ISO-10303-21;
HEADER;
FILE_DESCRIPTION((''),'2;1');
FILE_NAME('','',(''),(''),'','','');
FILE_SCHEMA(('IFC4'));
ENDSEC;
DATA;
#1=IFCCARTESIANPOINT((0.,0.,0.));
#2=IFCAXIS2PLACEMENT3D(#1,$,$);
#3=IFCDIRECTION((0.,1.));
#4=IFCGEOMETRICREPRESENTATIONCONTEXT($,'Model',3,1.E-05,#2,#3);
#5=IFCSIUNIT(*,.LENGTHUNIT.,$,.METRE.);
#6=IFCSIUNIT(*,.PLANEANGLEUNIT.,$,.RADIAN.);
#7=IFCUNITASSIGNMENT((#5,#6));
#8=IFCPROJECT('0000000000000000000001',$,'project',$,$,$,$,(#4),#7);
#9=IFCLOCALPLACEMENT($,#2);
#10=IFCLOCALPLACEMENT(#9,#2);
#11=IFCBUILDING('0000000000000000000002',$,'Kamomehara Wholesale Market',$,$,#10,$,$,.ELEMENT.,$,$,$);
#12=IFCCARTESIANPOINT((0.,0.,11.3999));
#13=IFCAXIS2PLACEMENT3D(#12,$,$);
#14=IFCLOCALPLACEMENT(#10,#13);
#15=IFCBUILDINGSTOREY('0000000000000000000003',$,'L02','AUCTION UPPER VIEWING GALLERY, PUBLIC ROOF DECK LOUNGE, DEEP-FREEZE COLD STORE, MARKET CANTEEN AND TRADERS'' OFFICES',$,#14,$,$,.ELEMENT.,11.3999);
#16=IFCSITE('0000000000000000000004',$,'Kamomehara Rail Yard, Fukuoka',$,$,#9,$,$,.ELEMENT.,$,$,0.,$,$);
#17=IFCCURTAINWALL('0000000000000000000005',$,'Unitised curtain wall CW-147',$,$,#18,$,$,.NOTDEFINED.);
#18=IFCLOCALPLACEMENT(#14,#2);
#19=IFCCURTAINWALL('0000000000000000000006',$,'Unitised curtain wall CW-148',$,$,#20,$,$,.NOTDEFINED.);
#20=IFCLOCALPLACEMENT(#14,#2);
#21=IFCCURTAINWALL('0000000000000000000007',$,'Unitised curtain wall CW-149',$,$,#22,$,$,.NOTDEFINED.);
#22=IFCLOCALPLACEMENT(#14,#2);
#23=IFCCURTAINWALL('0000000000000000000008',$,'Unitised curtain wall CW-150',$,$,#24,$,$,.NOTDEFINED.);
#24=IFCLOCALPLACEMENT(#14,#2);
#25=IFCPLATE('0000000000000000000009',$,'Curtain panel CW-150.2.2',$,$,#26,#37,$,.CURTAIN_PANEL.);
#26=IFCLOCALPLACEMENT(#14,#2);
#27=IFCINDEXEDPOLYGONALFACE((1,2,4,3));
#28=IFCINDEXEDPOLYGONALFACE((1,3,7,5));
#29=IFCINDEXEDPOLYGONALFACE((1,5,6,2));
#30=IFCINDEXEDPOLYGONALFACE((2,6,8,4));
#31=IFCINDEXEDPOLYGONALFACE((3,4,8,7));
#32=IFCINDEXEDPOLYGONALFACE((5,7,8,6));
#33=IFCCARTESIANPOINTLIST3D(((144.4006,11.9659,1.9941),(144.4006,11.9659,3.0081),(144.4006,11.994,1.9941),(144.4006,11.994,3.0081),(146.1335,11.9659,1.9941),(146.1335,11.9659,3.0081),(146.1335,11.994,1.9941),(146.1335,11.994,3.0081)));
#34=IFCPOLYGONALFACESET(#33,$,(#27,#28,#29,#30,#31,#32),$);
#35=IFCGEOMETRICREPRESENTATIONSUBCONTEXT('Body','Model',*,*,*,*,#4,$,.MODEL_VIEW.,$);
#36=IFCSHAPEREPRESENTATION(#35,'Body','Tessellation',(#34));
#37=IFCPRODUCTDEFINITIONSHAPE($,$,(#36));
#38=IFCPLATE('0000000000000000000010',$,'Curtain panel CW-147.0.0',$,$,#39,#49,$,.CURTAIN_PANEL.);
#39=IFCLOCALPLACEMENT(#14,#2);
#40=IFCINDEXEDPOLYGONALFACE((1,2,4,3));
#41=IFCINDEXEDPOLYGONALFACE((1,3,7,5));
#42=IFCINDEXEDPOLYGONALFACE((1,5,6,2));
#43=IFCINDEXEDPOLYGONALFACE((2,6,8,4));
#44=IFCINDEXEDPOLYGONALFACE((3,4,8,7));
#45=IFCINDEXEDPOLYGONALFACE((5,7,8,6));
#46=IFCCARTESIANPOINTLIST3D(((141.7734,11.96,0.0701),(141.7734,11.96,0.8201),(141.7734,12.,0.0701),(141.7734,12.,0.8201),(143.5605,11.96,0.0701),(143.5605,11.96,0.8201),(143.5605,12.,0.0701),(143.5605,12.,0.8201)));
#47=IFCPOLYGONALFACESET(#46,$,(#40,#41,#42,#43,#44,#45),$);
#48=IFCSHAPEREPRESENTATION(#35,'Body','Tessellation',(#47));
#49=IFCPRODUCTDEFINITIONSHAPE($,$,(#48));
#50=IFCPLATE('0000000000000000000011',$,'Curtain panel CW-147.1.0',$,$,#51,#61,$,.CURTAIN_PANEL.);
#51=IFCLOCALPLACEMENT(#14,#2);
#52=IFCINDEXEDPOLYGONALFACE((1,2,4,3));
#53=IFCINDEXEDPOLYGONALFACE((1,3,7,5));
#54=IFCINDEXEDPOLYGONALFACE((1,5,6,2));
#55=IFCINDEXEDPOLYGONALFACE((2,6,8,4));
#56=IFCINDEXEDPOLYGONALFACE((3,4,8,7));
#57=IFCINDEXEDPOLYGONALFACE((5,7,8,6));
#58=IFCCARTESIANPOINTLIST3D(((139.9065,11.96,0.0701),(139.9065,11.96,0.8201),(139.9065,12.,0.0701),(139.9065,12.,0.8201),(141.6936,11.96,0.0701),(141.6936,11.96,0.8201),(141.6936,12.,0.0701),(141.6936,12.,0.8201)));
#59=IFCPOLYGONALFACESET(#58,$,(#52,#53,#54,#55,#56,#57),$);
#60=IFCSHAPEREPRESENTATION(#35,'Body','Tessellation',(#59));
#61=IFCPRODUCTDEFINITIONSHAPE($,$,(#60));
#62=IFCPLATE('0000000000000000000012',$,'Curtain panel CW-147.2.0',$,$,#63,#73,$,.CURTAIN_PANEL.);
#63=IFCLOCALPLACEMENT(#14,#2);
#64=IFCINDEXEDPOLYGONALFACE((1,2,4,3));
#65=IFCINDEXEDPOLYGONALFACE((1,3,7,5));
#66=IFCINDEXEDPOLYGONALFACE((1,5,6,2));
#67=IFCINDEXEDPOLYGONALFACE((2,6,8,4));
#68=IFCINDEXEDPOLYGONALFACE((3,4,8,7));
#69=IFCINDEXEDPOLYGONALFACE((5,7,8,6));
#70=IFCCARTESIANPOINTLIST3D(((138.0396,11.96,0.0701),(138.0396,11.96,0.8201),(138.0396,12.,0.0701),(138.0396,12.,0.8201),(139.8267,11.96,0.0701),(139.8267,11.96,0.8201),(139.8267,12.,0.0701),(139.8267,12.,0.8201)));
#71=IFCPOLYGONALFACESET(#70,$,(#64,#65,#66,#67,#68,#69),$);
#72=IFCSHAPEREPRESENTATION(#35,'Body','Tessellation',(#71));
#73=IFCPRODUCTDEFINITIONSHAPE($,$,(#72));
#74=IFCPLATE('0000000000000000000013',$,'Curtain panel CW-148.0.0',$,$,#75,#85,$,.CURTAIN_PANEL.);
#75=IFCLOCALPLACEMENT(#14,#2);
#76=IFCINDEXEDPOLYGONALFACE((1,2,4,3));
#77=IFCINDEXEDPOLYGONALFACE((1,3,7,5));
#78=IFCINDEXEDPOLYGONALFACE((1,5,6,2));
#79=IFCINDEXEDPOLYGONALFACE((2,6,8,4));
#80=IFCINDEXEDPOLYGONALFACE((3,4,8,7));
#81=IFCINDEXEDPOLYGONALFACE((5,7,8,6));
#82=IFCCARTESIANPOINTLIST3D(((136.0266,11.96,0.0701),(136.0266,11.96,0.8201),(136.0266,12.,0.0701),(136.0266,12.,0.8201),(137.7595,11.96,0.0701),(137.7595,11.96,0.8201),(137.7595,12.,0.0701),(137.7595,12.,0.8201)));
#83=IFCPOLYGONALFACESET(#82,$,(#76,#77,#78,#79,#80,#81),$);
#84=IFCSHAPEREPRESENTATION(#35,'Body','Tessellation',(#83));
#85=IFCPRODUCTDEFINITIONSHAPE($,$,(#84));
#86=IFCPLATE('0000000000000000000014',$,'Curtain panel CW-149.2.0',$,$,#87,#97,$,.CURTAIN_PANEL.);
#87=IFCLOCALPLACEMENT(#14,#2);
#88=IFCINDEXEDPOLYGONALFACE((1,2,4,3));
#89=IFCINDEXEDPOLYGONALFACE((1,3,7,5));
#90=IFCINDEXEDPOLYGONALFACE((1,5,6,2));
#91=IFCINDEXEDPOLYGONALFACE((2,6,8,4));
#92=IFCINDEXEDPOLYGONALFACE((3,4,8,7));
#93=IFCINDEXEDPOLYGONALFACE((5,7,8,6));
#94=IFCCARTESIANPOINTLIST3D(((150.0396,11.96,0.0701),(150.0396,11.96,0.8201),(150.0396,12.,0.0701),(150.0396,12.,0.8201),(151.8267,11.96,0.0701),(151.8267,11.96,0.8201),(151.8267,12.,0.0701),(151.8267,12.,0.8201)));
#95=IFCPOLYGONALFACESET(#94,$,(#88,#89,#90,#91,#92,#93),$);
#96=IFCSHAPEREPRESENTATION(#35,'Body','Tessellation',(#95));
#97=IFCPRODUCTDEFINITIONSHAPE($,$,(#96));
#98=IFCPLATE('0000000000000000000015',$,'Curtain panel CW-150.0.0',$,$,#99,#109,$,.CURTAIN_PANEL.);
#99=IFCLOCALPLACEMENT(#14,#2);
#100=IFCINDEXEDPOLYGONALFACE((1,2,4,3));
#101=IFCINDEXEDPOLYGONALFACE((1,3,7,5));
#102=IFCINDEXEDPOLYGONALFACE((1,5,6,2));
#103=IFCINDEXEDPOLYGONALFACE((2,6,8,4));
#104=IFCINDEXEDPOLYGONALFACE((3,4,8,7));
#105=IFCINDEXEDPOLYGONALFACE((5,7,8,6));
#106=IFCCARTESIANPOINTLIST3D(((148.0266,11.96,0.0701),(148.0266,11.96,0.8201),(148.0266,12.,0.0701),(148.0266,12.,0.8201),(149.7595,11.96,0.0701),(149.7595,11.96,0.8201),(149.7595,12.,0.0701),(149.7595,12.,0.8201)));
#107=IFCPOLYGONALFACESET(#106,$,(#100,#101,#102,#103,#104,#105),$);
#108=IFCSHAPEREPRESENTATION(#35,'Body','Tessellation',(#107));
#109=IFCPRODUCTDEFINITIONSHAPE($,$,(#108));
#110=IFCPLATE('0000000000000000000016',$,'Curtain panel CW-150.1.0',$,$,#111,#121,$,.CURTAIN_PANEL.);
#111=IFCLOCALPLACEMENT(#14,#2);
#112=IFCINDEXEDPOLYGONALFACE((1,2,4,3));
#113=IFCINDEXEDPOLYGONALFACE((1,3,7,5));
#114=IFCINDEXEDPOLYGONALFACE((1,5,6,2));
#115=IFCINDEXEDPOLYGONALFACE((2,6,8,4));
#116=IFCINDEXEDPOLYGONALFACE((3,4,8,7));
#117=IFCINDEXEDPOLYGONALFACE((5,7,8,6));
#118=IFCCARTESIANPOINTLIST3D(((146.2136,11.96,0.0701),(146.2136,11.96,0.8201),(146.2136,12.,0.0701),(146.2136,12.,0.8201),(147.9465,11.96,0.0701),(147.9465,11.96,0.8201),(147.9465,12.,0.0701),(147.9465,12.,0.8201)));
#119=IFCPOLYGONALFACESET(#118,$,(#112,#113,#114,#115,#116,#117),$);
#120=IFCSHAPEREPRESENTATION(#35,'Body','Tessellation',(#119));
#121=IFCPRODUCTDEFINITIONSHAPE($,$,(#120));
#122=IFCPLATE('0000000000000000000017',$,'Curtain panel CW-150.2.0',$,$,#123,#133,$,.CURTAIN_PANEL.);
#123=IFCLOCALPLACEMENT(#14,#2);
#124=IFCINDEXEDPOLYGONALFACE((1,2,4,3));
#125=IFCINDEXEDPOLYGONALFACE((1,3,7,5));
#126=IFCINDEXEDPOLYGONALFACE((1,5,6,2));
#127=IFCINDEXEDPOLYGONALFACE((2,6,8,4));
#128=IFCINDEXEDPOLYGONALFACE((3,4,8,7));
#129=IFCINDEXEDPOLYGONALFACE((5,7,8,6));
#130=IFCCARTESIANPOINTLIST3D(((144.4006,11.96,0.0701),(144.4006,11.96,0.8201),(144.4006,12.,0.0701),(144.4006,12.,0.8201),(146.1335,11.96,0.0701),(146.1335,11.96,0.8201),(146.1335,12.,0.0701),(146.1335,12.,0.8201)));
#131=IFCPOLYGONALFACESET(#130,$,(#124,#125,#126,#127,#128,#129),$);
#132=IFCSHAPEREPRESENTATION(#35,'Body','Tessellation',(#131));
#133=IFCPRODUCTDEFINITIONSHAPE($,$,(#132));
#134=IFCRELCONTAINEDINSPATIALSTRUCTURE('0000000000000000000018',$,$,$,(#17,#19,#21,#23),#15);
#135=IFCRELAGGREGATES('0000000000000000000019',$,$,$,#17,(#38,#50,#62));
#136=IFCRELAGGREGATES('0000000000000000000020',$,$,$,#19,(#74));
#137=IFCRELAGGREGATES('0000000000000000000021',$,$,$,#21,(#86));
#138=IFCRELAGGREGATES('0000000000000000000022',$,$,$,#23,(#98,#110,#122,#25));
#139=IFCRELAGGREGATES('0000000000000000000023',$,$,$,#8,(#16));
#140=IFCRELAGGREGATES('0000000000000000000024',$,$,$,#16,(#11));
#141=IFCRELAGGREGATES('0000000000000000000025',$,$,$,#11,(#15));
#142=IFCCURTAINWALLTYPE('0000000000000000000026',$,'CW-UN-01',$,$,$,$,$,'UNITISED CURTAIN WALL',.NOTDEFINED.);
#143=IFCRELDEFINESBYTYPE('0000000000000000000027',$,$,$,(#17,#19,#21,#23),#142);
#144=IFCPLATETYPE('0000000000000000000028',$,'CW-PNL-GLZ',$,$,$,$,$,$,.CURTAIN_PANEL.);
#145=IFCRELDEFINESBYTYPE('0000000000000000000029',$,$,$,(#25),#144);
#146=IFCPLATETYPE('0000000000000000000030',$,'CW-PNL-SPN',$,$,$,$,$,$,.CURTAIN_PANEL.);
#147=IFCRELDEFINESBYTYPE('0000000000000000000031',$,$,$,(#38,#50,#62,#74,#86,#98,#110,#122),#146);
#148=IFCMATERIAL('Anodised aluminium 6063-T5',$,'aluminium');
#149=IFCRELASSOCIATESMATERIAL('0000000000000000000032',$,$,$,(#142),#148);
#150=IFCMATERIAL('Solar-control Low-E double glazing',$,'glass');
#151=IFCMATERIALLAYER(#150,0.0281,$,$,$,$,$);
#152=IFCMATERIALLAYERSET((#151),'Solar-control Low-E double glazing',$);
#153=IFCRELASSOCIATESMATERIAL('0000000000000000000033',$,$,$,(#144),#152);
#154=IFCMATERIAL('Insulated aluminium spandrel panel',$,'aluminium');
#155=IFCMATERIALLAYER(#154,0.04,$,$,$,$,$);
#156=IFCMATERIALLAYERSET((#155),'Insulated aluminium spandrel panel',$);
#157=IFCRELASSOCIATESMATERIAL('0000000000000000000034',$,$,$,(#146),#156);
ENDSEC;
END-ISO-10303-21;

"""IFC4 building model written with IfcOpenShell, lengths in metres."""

from ifc_helpers import new_model, si_unit, direction, frame, origin, origin_2d, place, context, subcontext, project, spatial, rectangle, extrude, material, layer, layer_set, type_object, element, aggregate, save


model = new_model("IFC4")

# Units and contexts
model_context = context("Model", 3, precision=1e-05, world=origin(), true_north=direction((0.0, 1.0)))
body_context = subcontext(model_context, "Body", "Model", "MODEL_VIEW")
ifc_project = project(units=[si_unit("LENGTHUNIT", "METRE"), si_unit("PLANEANGLEUNIT", "RADIAN")], contexts=[model_context])

# Site, building, storey
site_placement = place(None, origin())
site = spatial("IfcSite", under=ifc_project, at=site_placement, Name="Kamomehara Rail Yard, Fukuoka", CompositionType="ELEMENT", RefElevation=0.0)
building_placement = place(site_placement, origin())
building = spatial("IfcBuilding", under=site, at=building_placement, Name="Kamomehara Wholesale Market", CompositionType="ELEMENT")
storey_placement = place(building_placement, frame((0.0, 0.0, 11.3999)))
storey = spatial("IfcBuildingStorey", under=building, at=storey_placement, Name="L02", Description="AUCTION UPPER VIEWING GALLERY, PUBLIC ROOF DECK LOUNGE, DEEP-FREEZE COLD STORE, MARKET CANTEEN AND TRADERS' OFFICES", CompositionType="ELEMENT", Elevation=11.3999)

# Curtain walls
ifc_material_1 = material(Name="Anodised aluminium 6063-T5", Category="aluminium")
curtain_wall_type = type_object("IfcCurtainWallType", Name="CW-UN-01", ElementType="UNITISED CURTAIN WALL", PredefinedType="NOTDEFINED", material=ifc_material_1)
curtain_wall_1_placement = place(storey_placement, origin())
curtain_wall_1 = element("IfcCurtainWall", 1, at=curtain_wall_1_placement, inside=storey, type_object=curtain_wall_type, Name="Unitised curtain wall CW-147", PredefinedType="NOTDEFINED")
curtain_wall_2_placement = place(storey_placement, origin())
curtain_wall_2 = element("IfcCurtainWall", 2, at=curtain_wall_2_placement, inside=storey, type_object=curtain_wall_type, Name="Unitised curtain wall CW-148", PredefinedType="NOTDEFINED")

# Shared definitions
ifc_material_2 = material(Name="Solar-control Low-E double glazing", Category="glass")
ifc_layer_1 = layer(ifc_material_2, 0.0281)
ifc_layer_set_1 = layer_set([ifc_layer_1], Name="Solar-control Low-E double glazing")
plate_type_1 = type_object("IfcPlateType", Name="CW-PNL-GLZ", PredefinedType="CURTAIN_PANEL", material=ifc_layer_set_1)

# Curtain walls, plate
curtain_wall_3_placement = place(storey_placement, origin())
curtain_wall_3 = element("IfcCurtainWall", 3, at=curtain_wall_3_placement, inside=storey, type_object=curtain_wall_type, Name="Unitised curtain wall CW-149", PredefinedType="NOTDEFINED")
curtain_wall_4_placement = place(storey_placement, origin())
curtain_wall_4 = element("IfcCurtainWall", 4, at=curtain_wall_4_placement, inside=storey, type_object=curtain_wall_type, Name="Unitised curtain wall CW-150", PredefinedType="NOTDEFINED")
plate_1_placement = place(storey_placement, frame((145.2671, 11.98, 1.9941), z_axis=(0.0, 0.0, 1.0), x_axis=(-1.0, 0.0, 0.0)))
plate_1 = element("IfcPlate", 5, at=plate_1_placement, type_object=plate_type_1, Name="Curtain panel CW-150.2.2", PredefinedType="CURTAIN_PANEL", context=body_context, shape_type="SweptSolid", body=[
    extrude(rectangle(XDim=1.7329, YDim=0.0281, at=origin_2d()), origin(), (0.0, 0.0, 1.0), 1.0139),
])

# Plates
ifc_material_3 = material(Name="Insulated aluminium spandrel panel", Category="aluminium")
ifc_layer_2 = layer(ifc_material_3, 0.04)
ifc_layer_set_2 = layer_set([ifc_layer_2], Name="Insulated aluminium spandrel panel")
plate_type_2 = type_object("IfcPlateType", Name="CW-PNL-SPN", PredefinedType="CURTAIN_PANEL", material=ifc_layer_set_2)
plate_2_placement = place(storey_placement, frame((142.667, 11.98, 0.0701), z_axis=(0.0, 0.0, 1.0), x_axis=(-1.0, 0.0, 0.0)))
plate_2 = element("IfcPlate", 6, at=plate_2_placement, type_object=plate_type_2, Name="Curtain panel CW-147.0.0", PredefinedType="CURTAIN_PANEL", context=body_context, shape_type="SweptSolid", body=[
    extrude(rectangle(XDim=1.7871, YDim=0.04, at=origin_2d()), origin(), (0.0, 0.0, 1.0), 0.75),
])
plate_3_placement = place(storey_placement, frame((140.8, 11.98, 0.0701), z_axis=(0.0, 0.0, 1.0), x_axis=(-1.0, 0.0, 0.0)))
plate_3 = element("IfcPlate", 7, at=plate_3_placement, type_object=plate_type_2, Name="Curtain panel CW-147.1.0", PredefinedType="CURTAIN_PANEL", context=body_context, shape_type="SweptSolid", body=[
    extrude(rectangle(XDim=1.7871, YDim=0.04, at=origin_2d()), origin(), (0.0, 0.0, 1.0), 0.75),
])
plate_4_placement = place(storey_placement, frame((138.9331, 11.98, 0.0701), z_axis=(0.0, 0.0, 1.0), x_axis=(-1.0, 0.0, 0.0)))
plate_4 = element("IfcPlate", 8, at=plate_4_placement, type_object=plate_type_2, Name="Curtain panel CW-147.2.0", PredefinedType="CURTAIN_PANEL", context=body_context, shape_type="SweptSolid", body=[
    extrude(rectangle(XDim=1.7871, YDim=0.04, at=origin_2d()), origin(), (0.0, 0.0, 1.0), 0.75),
])
aggregate(curtain_wall_1, [plate_2, plate_3, plate_4])
plate_5_placement = place(storey_placement, frame((136.8931, 11.98, 0.0701), z_axis=(0.0, 0.0, 1.0), x_axis=(-1.0, 0.0, 0.0)))
plate_5 = element("IfcPlate", 9, at=plate_5_placement, type_object=plate_type_2, Name="Curtain panel CW-148.0.0", PredefinedType="CURTAIN_PANEL", context=body_context, shape_type="SweptSolid", body=[
    extrude(rectangle(XDim=1.7329, YDim=0.04, at=origin_2d()), origin(), (0.0, 0.0, 1.0), 0.75),
])
aggregate(curtain_wall_2, [plate_5])
plate_6_placement = place(storey_placement, frame((150.9331, 11.98, 0.0701), z_axis=(0.0, 0.0, 1.0), x_axis=(-1.0, 0.0, 0.0)))
plate_6 = element("IfcPlate", 10, at=plate_6_placement, type_object=plate_type_2, Name="Curtain panel CW-149.2.0", PredefinedType="CURTAIN_PANEL", context=body_context, shape_type="SweptSolid", body=[
    extrude(rectangle(XDim=1.7871, YDim=0.04, at=origin_2d()), origin(), (0.0, 0.0, 1.0), 0.75),
])
aggregate(curtain_wall_3, [plate_6])
plate_7_placement = place(storey_placement, frame((148.8931, 11.98, 0.0701), z_axis=(0.0, 0.0, 1.0), x_axis=(-1.0, 0.0, 0.0)))
plate_7 = element("IfcPlate", 11, at=plate_7_placement, type_object=plate_type_2, Name="Curtain panel CW-150.0.0", PredefinedType="CURTAIN_PANEL", context=body_context, shape_type="SweptSolid", body=[
    extrude(rectangle(XDim=1.7329, YDim=0.04, at=origin_2d()), origin(), (0.0, 0.0, 1.0), 0.75),
])
plate_8_placement = place(storey_placement, frame((147.0801, 11.98, 0.0701), z_axis=(0.0, 0.0, 1.0), x_axis=(-1.0, 0.0, 0.0)))
plate_8 = element("IfcPlate", 12, at=plate_8_placement, type_object=plate_type_2, Name="Curtain panel CW-150.1.0", PredefinedType="CURTAIN_PANEL", context=body_context, shape_type="SweptSolid", body=[
    extrude(rectangle(XDim=1.7329, YDim=0.04, at=origin_2d()), origin(), (0.0, 0.0, 1.0), 0.75),
])
plate_9_placement = place(storey_placement, frame((145.2671, 11.98, 0.0701), z_axis=(0.0, 0.0, 1.0), x_axis=(-1.0, 0.0, 0.0)))
plate_9 = element("IfcPlate", 13, at=plate_9_placement, type_object=plate_type_2, Name="Curtain panel CW-150.2.0", PredefinedType="CURTAIN_PANEL", context=body_context, shape_type="SweptSolid", body=[
    extrude(rectangle(XDim=1.7329, YDim=0.04, at=origin_2d()), origin(), (0.0, 0.0, 1.0), 0.75),
])
aggregate(curtain_wall_4, [plate_7, plate_8, plate_9, plate_1])

save(model, "model.ifc")
